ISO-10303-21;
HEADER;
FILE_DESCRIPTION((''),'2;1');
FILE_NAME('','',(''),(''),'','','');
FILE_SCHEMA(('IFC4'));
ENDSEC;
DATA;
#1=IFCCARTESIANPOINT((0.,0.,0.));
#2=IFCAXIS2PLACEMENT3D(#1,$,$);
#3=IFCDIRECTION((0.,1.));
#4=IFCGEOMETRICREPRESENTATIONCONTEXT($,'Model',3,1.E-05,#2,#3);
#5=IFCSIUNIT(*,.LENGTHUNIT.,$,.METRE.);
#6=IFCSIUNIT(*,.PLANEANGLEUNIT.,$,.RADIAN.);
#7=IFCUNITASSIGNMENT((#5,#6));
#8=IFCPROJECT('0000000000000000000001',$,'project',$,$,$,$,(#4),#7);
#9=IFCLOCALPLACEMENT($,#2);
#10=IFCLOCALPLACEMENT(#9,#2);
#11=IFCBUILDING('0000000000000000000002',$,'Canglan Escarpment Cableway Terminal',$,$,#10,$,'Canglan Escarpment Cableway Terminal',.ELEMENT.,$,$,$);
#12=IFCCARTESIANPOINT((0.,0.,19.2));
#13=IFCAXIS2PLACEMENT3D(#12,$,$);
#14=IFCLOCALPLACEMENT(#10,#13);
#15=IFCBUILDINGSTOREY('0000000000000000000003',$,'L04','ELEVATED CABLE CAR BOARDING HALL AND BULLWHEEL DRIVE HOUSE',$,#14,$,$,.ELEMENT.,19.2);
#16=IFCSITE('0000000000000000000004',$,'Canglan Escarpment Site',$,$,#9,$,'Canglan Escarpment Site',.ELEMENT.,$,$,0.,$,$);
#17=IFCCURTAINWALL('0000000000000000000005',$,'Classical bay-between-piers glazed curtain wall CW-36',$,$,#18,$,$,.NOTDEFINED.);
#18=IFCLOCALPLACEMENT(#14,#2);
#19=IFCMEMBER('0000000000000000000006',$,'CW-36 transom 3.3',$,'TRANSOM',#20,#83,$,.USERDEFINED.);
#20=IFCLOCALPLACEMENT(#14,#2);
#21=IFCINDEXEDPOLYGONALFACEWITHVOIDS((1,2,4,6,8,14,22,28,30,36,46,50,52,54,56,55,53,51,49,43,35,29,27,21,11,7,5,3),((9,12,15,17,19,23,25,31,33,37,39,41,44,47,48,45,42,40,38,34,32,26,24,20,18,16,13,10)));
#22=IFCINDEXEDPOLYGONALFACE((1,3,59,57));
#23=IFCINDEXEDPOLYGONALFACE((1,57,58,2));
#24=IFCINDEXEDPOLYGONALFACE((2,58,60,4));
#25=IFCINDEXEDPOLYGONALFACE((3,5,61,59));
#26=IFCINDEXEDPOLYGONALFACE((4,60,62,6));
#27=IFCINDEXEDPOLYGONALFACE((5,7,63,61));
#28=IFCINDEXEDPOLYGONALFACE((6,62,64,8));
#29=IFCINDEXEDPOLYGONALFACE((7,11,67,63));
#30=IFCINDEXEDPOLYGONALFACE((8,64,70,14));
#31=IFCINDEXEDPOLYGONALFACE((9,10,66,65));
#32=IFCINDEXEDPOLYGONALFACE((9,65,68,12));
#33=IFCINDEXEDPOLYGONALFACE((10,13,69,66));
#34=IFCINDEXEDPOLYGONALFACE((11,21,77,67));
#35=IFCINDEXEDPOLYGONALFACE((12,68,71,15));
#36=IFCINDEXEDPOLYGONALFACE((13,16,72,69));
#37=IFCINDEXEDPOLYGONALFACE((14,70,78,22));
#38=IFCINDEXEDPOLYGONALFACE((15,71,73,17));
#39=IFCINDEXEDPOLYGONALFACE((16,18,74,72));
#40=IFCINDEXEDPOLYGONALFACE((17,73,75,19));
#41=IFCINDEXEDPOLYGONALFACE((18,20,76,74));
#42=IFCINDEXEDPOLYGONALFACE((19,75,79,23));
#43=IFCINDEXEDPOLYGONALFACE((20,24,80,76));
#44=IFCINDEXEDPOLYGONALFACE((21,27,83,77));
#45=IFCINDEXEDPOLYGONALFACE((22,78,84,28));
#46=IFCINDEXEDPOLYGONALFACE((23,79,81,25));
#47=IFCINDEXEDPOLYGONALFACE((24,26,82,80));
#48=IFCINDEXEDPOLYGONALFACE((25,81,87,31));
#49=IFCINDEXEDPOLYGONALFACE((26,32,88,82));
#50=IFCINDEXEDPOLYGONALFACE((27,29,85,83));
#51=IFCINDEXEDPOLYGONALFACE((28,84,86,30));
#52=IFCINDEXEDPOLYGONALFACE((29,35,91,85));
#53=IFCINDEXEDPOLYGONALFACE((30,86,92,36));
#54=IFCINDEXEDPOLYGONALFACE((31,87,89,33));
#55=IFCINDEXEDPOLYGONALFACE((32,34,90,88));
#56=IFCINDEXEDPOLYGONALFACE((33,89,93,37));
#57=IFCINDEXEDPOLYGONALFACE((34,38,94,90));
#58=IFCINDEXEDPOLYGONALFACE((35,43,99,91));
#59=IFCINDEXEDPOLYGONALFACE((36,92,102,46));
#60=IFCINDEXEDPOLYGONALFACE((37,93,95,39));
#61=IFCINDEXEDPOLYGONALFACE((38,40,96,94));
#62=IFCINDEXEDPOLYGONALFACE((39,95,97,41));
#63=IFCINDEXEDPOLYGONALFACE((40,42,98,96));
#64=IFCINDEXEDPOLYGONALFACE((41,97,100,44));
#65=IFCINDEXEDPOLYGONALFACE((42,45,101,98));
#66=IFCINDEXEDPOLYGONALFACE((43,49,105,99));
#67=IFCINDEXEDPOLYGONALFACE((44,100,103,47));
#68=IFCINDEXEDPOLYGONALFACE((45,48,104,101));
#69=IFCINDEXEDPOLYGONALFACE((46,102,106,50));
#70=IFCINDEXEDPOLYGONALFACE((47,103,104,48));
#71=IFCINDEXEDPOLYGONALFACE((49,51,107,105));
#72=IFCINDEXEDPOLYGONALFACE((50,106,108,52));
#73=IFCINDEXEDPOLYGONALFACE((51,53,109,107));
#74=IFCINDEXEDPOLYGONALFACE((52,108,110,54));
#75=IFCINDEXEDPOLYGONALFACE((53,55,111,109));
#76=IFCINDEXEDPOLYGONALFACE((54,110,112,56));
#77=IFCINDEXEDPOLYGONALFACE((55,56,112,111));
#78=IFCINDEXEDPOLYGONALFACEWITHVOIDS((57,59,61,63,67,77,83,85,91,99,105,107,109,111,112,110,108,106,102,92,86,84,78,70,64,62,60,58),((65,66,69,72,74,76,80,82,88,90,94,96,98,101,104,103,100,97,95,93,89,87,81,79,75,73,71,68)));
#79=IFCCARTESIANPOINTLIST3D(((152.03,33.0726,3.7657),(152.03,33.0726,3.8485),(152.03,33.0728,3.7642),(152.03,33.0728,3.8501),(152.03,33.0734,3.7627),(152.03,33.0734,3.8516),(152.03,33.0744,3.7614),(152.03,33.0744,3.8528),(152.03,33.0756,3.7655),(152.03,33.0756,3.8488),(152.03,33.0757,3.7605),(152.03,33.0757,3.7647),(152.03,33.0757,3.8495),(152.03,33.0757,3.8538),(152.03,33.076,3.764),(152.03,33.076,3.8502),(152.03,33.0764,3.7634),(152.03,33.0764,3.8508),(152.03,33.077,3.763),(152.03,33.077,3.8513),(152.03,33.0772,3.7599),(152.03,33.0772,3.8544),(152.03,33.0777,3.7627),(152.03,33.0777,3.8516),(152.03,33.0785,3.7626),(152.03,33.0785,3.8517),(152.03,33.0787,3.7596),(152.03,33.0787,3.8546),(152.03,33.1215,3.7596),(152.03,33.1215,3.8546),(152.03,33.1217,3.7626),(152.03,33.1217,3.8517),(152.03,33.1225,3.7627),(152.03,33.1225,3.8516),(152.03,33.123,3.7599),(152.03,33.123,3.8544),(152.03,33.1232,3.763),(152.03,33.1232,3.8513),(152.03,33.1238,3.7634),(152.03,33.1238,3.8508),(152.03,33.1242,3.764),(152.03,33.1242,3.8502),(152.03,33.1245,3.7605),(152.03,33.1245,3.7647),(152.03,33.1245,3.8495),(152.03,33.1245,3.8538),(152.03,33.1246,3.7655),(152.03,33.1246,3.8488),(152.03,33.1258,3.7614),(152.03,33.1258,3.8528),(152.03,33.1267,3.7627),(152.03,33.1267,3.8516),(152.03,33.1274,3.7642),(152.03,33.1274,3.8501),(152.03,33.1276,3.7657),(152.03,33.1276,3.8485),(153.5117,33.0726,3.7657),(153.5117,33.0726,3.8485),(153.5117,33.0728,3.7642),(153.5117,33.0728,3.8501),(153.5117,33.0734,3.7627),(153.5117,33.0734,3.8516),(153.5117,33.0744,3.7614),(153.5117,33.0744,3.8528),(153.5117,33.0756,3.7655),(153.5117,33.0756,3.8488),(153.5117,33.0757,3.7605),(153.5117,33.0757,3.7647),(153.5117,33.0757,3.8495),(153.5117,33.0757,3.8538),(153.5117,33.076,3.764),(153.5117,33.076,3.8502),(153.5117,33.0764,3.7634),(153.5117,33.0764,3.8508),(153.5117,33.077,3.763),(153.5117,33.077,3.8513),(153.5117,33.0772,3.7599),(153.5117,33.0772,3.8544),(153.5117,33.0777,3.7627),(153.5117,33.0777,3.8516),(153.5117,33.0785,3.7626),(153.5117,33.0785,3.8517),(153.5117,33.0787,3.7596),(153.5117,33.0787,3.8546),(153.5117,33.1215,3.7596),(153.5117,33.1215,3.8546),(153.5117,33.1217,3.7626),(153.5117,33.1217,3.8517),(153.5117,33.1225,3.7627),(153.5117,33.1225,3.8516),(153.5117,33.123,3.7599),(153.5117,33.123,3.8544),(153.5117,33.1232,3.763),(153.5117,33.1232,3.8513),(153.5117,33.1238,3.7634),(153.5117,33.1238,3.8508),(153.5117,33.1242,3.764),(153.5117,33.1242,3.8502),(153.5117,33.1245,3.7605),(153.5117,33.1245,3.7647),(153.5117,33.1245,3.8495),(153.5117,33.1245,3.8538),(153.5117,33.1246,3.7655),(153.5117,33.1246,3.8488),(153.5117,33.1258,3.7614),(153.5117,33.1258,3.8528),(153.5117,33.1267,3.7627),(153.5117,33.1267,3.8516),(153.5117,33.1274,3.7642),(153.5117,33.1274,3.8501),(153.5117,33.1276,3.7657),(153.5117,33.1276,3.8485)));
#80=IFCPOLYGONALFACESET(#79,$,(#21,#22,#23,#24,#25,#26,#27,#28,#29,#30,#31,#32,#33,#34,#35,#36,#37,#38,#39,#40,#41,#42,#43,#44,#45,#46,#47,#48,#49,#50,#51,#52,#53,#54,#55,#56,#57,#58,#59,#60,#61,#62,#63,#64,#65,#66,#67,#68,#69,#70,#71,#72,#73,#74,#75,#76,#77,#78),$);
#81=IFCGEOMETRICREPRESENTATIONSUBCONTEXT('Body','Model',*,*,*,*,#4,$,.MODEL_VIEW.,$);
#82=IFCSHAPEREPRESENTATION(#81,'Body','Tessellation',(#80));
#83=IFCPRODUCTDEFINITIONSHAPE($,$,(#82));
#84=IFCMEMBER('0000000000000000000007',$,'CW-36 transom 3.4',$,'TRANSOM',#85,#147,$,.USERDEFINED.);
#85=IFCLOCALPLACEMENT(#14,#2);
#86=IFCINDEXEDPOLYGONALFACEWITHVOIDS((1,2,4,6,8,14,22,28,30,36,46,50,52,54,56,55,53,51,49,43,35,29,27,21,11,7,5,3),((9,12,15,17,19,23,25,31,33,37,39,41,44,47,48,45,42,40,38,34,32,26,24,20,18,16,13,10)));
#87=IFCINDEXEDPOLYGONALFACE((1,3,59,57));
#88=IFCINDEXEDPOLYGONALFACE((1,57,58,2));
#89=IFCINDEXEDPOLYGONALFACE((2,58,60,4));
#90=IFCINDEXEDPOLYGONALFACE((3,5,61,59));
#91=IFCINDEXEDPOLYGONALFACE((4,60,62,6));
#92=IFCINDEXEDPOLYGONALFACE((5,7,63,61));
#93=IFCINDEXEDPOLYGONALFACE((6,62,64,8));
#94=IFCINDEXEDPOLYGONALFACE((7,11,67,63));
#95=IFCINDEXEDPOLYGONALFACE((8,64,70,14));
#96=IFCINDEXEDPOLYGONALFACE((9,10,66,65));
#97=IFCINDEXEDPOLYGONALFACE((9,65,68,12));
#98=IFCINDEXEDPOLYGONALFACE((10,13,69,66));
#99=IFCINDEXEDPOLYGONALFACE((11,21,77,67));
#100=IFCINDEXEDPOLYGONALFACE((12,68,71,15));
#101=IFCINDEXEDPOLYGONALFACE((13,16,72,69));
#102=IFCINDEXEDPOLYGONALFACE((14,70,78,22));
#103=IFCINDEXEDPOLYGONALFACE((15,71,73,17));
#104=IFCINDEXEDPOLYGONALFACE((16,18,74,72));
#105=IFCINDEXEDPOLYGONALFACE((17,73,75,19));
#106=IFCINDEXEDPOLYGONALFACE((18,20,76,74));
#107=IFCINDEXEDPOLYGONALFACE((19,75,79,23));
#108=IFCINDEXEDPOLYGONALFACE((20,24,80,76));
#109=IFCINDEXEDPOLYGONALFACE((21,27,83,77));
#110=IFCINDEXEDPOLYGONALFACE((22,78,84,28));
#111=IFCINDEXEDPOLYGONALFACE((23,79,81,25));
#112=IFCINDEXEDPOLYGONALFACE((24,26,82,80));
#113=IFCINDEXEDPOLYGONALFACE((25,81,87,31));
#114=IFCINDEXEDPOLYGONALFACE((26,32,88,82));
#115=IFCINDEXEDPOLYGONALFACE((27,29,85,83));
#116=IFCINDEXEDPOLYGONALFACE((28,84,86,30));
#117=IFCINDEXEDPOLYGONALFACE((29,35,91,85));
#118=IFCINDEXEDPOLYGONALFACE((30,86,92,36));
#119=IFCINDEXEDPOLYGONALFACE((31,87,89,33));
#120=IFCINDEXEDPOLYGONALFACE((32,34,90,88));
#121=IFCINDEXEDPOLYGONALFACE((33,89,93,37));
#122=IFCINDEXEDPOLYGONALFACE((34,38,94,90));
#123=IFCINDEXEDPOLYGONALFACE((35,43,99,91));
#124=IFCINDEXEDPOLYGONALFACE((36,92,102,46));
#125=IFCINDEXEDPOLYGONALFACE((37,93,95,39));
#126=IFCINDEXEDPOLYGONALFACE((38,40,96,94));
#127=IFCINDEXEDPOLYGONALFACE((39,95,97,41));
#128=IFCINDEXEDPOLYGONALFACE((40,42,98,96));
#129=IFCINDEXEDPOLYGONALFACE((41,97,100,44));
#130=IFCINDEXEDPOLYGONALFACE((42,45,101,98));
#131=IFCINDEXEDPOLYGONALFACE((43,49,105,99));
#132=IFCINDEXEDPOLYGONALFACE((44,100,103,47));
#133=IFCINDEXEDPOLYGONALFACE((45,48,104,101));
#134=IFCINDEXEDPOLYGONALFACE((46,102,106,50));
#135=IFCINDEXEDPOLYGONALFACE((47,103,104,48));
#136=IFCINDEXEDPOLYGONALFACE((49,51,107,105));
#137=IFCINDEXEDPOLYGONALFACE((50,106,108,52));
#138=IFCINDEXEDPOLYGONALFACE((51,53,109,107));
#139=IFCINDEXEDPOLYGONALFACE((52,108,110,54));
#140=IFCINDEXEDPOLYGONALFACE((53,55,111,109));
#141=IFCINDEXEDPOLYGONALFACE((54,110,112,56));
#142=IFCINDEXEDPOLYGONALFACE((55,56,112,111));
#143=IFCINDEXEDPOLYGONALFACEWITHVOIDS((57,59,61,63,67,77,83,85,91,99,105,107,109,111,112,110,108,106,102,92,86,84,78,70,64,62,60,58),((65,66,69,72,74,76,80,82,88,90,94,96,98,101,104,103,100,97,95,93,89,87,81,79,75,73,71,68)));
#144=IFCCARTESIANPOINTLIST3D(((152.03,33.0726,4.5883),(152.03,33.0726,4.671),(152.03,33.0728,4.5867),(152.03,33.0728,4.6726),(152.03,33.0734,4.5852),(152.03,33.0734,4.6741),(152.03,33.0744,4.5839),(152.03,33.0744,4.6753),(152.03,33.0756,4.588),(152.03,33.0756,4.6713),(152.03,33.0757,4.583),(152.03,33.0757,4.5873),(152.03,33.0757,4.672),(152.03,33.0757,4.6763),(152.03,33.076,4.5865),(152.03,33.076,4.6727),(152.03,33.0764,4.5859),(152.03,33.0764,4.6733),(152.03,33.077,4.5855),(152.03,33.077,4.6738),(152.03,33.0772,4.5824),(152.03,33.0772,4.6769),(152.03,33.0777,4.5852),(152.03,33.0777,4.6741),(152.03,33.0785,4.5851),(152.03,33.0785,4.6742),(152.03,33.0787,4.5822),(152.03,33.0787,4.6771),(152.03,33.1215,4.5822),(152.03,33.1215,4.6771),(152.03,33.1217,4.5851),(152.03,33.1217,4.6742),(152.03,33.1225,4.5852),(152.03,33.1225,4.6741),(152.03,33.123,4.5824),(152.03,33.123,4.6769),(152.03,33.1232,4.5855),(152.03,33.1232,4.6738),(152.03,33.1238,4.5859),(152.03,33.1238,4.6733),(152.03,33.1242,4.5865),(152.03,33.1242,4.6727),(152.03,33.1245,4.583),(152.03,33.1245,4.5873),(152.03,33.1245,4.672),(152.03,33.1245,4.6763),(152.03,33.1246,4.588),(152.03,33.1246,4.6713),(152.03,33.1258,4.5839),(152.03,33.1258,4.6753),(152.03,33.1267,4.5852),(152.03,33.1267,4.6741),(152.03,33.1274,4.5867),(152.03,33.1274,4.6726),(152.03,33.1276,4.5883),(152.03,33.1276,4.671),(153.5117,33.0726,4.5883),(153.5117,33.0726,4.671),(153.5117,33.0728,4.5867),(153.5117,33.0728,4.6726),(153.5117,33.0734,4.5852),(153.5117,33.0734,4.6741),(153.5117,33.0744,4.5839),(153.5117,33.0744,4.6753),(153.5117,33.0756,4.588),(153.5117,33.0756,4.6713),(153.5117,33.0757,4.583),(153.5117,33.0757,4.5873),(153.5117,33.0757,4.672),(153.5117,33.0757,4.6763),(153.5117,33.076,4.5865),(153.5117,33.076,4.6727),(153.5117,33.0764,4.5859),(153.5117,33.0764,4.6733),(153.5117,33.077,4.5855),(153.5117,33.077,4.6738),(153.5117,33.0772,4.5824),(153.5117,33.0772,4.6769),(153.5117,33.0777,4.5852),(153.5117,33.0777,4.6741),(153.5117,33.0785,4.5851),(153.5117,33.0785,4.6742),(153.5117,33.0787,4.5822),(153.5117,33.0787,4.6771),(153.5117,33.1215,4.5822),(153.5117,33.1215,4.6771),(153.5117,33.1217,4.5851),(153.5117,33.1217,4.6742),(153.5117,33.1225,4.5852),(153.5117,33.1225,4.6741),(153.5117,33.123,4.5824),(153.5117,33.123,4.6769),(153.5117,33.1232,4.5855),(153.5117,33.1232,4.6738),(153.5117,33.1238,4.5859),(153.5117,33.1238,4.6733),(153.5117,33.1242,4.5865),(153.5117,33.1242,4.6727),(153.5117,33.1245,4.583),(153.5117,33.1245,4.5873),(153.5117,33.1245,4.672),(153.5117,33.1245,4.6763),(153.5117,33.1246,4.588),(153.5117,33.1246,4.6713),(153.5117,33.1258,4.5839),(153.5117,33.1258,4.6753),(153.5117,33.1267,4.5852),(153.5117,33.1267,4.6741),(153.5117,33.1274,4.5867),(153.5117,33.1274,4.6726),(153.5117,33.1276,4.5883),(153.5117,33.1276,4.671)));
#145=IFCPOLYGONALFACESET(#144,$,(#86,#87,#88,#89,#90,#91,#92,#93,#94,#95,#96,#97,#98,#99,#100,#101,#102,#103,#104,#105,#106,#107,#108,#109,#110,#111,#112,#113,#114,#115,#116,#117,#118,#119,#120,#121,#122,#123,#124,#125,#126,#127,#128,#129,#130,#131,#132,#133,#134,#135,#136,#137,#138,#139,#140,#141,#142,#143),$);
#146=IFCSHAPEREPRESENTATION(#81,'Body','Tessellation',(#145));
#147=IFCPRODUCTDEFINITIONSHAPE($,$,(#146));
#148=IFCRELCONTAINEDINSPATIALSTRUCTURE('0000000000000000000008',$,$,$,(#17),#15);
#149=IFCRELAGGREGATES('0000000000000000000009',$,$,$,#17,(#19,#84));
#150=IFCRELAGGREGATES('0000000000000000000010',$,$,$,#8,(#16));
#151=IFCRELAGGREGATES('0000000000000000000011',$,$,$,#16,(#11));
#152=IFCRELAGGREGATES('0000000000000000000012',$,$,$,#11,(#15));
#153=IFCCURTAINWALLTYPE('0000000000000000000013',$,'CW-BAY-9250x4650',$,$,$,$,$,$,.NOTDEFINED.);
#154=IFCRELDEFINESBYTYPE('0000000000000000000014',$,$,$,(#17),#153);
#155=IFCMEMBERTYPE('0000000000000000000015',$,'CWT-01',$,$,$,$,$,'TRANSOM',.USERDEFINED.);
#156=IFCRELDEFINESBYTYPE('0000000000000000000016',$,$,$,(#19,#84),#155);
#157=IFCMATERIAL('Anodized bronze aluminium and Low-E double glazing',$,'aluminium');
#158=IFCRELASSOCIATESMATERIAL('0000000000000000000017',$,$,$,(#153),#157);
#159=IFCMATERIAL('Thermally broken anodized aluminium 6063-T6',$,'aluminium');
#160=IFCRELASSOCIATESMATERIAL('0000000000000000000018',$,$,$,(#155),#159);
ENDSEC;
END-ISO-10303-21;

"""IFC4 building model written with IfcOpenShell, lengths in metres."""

from ifc_helpers import new_model, si_unit, direction, frame, origin, origin_2d, place, context, subcontext, project, spatial, hollow_rectangle, extrude, material, material_profile, profile_set, type_object, element, aggregate, save


model = new_model("IFC4")

# Units and contexts
model_context = context("Model", 3, precision=1e-05, world=origin(), true_north=direction((0.0, 1.0)))
body_context = subcontext(model_context, "Body", "Model", "MODEL_VIEW")
ifc_project = project(units=[si_unit("LENGTHUNIT", "METRE"), si_unit("PLANEANGLEUNIT", "RADIAN")], contexts=[model_context])

# Site, building, storey
site_placement = place(None, origin())
site = spatial("IfcSite", under=ifc_project, at=site_placement, Name="Canglan Escarpment Site", LongName="Canglan Escarpment Site", CompositionType="ELEMENT", RefElevation=0.0)
building_placement = place(site_placement, origin())
building = spatial("IfcBuilding", under=site, at=building_placement, Name="Canglan Escarpment Cableway Terminal", LongName="Canglan Escarpment Cableway Terminal", CompositionType="ELEMENT")
storey_placement = place(building_placement, frame((0.0, 0.0, 19.2)))
storey = spatial("IfcBuildingStorey", under=building, at=storey_placement, Name="L04", Description="ELEVATED CABLE CAR BOARDING HALL AND BULLWHEEL DRIVE HOUSE", CompositionType="ELEMENT", Elevation=19.2)

# Curtain wall, members
ifc_material_1 = material(Name="Anodized bronze aluminium and Low-E double glazing", Category="aluminium")
curtain_wall_type = type_object("IfcCurtainWallType", Name="CW-BAY-9250x4650", PredefinedType="NOTDEFINED", material=ifc_material_1)
curtain_wall_placement = place(storey_placement, origin())
curtain_wall = element("IfcCurtainWall", 1, at=curtain_wall_placement, inside=storey, type_object=curtain_wall_type, Name="Classical bay-between-piers glazed curtain wall CW-36", PredefinedType="NOTDEFINED")
ifc_material_2 = material(Name="Thermally broken anodized aluminium 6063-T6", Category="aluminium")
ifc_material_profile_1 = material_profile(ifc_material_2, hollow_rectangle(XDim=0.0549, YDim=0.095, WallThickness=0.0029, InnerFilletRadius=0.0029, OuterFilletRadius=0.0061, at=origin_2d()), Name="ALU-TRAN 55x95x3")
ifc_profile_set_1 = profile_set([ifc_material_profile_1], Name="Thermally broken anodized aluminium 6063-T6")
member_type_1 = type_object("IfcMemberType", Name="CWT-01", ElementType="TRANSOM", PredefinedType="USERDEFINED", material=ifc_profile_set_1)
member_1_placement = place(storey_placement, frame((153.5117, 33.1001, 3.8071), z_axis=(-1.0, 0.0, 0.0), x_axis=(0.0, -1.0, 0.0)))
member_1 = element("IfcMember", 2, at=member_1_placement, type_object=member_type_1, Name="CW-36 transom 3.3", ObjectType="TRANSOM", PredefinedType="USERDEFINED", context=body_context, shape_type="SweptSolid", body=[
    extrude(hollow_rectangle(XDim=0.0549, YDim=0.095, WallThickness=0.0029, InnerFilletRadius=0.0029, OuterFilletRadius=0.0061, at=origin_2d()), origin(), (0.0, 0.0, 1.0), 1.4817),
])
member_2_placement = place(storey_placement, frame((153.5117, 33.1001, 4.6296), z_axis=(-1.0, 0.0, 0.0), x_axis=(0.0, -1.0, 0.0)))
member_2 = element("IfcMember", 3, at=member_2_placement, type_object=member_type_1, Name="CW-36 transom 3.4", ObjectType="TRANSOM", PredefinedType="USERDEFINED", context=body_context, shape_type="SweptSolid", body=[
    extrude(hollow_rectangle(XDim=0.0549, YDim=0.095, WallThickness=0.0029, InnerFilletRadius=0.0029, OuterFilletRadius=0.0061, at=origin_2d()), origin(), (0.0, 0.0, 1.0), 1.4817),
])

aggregate(curtain_wall, [member_1, member_2])

save(model, "model.ifc")
